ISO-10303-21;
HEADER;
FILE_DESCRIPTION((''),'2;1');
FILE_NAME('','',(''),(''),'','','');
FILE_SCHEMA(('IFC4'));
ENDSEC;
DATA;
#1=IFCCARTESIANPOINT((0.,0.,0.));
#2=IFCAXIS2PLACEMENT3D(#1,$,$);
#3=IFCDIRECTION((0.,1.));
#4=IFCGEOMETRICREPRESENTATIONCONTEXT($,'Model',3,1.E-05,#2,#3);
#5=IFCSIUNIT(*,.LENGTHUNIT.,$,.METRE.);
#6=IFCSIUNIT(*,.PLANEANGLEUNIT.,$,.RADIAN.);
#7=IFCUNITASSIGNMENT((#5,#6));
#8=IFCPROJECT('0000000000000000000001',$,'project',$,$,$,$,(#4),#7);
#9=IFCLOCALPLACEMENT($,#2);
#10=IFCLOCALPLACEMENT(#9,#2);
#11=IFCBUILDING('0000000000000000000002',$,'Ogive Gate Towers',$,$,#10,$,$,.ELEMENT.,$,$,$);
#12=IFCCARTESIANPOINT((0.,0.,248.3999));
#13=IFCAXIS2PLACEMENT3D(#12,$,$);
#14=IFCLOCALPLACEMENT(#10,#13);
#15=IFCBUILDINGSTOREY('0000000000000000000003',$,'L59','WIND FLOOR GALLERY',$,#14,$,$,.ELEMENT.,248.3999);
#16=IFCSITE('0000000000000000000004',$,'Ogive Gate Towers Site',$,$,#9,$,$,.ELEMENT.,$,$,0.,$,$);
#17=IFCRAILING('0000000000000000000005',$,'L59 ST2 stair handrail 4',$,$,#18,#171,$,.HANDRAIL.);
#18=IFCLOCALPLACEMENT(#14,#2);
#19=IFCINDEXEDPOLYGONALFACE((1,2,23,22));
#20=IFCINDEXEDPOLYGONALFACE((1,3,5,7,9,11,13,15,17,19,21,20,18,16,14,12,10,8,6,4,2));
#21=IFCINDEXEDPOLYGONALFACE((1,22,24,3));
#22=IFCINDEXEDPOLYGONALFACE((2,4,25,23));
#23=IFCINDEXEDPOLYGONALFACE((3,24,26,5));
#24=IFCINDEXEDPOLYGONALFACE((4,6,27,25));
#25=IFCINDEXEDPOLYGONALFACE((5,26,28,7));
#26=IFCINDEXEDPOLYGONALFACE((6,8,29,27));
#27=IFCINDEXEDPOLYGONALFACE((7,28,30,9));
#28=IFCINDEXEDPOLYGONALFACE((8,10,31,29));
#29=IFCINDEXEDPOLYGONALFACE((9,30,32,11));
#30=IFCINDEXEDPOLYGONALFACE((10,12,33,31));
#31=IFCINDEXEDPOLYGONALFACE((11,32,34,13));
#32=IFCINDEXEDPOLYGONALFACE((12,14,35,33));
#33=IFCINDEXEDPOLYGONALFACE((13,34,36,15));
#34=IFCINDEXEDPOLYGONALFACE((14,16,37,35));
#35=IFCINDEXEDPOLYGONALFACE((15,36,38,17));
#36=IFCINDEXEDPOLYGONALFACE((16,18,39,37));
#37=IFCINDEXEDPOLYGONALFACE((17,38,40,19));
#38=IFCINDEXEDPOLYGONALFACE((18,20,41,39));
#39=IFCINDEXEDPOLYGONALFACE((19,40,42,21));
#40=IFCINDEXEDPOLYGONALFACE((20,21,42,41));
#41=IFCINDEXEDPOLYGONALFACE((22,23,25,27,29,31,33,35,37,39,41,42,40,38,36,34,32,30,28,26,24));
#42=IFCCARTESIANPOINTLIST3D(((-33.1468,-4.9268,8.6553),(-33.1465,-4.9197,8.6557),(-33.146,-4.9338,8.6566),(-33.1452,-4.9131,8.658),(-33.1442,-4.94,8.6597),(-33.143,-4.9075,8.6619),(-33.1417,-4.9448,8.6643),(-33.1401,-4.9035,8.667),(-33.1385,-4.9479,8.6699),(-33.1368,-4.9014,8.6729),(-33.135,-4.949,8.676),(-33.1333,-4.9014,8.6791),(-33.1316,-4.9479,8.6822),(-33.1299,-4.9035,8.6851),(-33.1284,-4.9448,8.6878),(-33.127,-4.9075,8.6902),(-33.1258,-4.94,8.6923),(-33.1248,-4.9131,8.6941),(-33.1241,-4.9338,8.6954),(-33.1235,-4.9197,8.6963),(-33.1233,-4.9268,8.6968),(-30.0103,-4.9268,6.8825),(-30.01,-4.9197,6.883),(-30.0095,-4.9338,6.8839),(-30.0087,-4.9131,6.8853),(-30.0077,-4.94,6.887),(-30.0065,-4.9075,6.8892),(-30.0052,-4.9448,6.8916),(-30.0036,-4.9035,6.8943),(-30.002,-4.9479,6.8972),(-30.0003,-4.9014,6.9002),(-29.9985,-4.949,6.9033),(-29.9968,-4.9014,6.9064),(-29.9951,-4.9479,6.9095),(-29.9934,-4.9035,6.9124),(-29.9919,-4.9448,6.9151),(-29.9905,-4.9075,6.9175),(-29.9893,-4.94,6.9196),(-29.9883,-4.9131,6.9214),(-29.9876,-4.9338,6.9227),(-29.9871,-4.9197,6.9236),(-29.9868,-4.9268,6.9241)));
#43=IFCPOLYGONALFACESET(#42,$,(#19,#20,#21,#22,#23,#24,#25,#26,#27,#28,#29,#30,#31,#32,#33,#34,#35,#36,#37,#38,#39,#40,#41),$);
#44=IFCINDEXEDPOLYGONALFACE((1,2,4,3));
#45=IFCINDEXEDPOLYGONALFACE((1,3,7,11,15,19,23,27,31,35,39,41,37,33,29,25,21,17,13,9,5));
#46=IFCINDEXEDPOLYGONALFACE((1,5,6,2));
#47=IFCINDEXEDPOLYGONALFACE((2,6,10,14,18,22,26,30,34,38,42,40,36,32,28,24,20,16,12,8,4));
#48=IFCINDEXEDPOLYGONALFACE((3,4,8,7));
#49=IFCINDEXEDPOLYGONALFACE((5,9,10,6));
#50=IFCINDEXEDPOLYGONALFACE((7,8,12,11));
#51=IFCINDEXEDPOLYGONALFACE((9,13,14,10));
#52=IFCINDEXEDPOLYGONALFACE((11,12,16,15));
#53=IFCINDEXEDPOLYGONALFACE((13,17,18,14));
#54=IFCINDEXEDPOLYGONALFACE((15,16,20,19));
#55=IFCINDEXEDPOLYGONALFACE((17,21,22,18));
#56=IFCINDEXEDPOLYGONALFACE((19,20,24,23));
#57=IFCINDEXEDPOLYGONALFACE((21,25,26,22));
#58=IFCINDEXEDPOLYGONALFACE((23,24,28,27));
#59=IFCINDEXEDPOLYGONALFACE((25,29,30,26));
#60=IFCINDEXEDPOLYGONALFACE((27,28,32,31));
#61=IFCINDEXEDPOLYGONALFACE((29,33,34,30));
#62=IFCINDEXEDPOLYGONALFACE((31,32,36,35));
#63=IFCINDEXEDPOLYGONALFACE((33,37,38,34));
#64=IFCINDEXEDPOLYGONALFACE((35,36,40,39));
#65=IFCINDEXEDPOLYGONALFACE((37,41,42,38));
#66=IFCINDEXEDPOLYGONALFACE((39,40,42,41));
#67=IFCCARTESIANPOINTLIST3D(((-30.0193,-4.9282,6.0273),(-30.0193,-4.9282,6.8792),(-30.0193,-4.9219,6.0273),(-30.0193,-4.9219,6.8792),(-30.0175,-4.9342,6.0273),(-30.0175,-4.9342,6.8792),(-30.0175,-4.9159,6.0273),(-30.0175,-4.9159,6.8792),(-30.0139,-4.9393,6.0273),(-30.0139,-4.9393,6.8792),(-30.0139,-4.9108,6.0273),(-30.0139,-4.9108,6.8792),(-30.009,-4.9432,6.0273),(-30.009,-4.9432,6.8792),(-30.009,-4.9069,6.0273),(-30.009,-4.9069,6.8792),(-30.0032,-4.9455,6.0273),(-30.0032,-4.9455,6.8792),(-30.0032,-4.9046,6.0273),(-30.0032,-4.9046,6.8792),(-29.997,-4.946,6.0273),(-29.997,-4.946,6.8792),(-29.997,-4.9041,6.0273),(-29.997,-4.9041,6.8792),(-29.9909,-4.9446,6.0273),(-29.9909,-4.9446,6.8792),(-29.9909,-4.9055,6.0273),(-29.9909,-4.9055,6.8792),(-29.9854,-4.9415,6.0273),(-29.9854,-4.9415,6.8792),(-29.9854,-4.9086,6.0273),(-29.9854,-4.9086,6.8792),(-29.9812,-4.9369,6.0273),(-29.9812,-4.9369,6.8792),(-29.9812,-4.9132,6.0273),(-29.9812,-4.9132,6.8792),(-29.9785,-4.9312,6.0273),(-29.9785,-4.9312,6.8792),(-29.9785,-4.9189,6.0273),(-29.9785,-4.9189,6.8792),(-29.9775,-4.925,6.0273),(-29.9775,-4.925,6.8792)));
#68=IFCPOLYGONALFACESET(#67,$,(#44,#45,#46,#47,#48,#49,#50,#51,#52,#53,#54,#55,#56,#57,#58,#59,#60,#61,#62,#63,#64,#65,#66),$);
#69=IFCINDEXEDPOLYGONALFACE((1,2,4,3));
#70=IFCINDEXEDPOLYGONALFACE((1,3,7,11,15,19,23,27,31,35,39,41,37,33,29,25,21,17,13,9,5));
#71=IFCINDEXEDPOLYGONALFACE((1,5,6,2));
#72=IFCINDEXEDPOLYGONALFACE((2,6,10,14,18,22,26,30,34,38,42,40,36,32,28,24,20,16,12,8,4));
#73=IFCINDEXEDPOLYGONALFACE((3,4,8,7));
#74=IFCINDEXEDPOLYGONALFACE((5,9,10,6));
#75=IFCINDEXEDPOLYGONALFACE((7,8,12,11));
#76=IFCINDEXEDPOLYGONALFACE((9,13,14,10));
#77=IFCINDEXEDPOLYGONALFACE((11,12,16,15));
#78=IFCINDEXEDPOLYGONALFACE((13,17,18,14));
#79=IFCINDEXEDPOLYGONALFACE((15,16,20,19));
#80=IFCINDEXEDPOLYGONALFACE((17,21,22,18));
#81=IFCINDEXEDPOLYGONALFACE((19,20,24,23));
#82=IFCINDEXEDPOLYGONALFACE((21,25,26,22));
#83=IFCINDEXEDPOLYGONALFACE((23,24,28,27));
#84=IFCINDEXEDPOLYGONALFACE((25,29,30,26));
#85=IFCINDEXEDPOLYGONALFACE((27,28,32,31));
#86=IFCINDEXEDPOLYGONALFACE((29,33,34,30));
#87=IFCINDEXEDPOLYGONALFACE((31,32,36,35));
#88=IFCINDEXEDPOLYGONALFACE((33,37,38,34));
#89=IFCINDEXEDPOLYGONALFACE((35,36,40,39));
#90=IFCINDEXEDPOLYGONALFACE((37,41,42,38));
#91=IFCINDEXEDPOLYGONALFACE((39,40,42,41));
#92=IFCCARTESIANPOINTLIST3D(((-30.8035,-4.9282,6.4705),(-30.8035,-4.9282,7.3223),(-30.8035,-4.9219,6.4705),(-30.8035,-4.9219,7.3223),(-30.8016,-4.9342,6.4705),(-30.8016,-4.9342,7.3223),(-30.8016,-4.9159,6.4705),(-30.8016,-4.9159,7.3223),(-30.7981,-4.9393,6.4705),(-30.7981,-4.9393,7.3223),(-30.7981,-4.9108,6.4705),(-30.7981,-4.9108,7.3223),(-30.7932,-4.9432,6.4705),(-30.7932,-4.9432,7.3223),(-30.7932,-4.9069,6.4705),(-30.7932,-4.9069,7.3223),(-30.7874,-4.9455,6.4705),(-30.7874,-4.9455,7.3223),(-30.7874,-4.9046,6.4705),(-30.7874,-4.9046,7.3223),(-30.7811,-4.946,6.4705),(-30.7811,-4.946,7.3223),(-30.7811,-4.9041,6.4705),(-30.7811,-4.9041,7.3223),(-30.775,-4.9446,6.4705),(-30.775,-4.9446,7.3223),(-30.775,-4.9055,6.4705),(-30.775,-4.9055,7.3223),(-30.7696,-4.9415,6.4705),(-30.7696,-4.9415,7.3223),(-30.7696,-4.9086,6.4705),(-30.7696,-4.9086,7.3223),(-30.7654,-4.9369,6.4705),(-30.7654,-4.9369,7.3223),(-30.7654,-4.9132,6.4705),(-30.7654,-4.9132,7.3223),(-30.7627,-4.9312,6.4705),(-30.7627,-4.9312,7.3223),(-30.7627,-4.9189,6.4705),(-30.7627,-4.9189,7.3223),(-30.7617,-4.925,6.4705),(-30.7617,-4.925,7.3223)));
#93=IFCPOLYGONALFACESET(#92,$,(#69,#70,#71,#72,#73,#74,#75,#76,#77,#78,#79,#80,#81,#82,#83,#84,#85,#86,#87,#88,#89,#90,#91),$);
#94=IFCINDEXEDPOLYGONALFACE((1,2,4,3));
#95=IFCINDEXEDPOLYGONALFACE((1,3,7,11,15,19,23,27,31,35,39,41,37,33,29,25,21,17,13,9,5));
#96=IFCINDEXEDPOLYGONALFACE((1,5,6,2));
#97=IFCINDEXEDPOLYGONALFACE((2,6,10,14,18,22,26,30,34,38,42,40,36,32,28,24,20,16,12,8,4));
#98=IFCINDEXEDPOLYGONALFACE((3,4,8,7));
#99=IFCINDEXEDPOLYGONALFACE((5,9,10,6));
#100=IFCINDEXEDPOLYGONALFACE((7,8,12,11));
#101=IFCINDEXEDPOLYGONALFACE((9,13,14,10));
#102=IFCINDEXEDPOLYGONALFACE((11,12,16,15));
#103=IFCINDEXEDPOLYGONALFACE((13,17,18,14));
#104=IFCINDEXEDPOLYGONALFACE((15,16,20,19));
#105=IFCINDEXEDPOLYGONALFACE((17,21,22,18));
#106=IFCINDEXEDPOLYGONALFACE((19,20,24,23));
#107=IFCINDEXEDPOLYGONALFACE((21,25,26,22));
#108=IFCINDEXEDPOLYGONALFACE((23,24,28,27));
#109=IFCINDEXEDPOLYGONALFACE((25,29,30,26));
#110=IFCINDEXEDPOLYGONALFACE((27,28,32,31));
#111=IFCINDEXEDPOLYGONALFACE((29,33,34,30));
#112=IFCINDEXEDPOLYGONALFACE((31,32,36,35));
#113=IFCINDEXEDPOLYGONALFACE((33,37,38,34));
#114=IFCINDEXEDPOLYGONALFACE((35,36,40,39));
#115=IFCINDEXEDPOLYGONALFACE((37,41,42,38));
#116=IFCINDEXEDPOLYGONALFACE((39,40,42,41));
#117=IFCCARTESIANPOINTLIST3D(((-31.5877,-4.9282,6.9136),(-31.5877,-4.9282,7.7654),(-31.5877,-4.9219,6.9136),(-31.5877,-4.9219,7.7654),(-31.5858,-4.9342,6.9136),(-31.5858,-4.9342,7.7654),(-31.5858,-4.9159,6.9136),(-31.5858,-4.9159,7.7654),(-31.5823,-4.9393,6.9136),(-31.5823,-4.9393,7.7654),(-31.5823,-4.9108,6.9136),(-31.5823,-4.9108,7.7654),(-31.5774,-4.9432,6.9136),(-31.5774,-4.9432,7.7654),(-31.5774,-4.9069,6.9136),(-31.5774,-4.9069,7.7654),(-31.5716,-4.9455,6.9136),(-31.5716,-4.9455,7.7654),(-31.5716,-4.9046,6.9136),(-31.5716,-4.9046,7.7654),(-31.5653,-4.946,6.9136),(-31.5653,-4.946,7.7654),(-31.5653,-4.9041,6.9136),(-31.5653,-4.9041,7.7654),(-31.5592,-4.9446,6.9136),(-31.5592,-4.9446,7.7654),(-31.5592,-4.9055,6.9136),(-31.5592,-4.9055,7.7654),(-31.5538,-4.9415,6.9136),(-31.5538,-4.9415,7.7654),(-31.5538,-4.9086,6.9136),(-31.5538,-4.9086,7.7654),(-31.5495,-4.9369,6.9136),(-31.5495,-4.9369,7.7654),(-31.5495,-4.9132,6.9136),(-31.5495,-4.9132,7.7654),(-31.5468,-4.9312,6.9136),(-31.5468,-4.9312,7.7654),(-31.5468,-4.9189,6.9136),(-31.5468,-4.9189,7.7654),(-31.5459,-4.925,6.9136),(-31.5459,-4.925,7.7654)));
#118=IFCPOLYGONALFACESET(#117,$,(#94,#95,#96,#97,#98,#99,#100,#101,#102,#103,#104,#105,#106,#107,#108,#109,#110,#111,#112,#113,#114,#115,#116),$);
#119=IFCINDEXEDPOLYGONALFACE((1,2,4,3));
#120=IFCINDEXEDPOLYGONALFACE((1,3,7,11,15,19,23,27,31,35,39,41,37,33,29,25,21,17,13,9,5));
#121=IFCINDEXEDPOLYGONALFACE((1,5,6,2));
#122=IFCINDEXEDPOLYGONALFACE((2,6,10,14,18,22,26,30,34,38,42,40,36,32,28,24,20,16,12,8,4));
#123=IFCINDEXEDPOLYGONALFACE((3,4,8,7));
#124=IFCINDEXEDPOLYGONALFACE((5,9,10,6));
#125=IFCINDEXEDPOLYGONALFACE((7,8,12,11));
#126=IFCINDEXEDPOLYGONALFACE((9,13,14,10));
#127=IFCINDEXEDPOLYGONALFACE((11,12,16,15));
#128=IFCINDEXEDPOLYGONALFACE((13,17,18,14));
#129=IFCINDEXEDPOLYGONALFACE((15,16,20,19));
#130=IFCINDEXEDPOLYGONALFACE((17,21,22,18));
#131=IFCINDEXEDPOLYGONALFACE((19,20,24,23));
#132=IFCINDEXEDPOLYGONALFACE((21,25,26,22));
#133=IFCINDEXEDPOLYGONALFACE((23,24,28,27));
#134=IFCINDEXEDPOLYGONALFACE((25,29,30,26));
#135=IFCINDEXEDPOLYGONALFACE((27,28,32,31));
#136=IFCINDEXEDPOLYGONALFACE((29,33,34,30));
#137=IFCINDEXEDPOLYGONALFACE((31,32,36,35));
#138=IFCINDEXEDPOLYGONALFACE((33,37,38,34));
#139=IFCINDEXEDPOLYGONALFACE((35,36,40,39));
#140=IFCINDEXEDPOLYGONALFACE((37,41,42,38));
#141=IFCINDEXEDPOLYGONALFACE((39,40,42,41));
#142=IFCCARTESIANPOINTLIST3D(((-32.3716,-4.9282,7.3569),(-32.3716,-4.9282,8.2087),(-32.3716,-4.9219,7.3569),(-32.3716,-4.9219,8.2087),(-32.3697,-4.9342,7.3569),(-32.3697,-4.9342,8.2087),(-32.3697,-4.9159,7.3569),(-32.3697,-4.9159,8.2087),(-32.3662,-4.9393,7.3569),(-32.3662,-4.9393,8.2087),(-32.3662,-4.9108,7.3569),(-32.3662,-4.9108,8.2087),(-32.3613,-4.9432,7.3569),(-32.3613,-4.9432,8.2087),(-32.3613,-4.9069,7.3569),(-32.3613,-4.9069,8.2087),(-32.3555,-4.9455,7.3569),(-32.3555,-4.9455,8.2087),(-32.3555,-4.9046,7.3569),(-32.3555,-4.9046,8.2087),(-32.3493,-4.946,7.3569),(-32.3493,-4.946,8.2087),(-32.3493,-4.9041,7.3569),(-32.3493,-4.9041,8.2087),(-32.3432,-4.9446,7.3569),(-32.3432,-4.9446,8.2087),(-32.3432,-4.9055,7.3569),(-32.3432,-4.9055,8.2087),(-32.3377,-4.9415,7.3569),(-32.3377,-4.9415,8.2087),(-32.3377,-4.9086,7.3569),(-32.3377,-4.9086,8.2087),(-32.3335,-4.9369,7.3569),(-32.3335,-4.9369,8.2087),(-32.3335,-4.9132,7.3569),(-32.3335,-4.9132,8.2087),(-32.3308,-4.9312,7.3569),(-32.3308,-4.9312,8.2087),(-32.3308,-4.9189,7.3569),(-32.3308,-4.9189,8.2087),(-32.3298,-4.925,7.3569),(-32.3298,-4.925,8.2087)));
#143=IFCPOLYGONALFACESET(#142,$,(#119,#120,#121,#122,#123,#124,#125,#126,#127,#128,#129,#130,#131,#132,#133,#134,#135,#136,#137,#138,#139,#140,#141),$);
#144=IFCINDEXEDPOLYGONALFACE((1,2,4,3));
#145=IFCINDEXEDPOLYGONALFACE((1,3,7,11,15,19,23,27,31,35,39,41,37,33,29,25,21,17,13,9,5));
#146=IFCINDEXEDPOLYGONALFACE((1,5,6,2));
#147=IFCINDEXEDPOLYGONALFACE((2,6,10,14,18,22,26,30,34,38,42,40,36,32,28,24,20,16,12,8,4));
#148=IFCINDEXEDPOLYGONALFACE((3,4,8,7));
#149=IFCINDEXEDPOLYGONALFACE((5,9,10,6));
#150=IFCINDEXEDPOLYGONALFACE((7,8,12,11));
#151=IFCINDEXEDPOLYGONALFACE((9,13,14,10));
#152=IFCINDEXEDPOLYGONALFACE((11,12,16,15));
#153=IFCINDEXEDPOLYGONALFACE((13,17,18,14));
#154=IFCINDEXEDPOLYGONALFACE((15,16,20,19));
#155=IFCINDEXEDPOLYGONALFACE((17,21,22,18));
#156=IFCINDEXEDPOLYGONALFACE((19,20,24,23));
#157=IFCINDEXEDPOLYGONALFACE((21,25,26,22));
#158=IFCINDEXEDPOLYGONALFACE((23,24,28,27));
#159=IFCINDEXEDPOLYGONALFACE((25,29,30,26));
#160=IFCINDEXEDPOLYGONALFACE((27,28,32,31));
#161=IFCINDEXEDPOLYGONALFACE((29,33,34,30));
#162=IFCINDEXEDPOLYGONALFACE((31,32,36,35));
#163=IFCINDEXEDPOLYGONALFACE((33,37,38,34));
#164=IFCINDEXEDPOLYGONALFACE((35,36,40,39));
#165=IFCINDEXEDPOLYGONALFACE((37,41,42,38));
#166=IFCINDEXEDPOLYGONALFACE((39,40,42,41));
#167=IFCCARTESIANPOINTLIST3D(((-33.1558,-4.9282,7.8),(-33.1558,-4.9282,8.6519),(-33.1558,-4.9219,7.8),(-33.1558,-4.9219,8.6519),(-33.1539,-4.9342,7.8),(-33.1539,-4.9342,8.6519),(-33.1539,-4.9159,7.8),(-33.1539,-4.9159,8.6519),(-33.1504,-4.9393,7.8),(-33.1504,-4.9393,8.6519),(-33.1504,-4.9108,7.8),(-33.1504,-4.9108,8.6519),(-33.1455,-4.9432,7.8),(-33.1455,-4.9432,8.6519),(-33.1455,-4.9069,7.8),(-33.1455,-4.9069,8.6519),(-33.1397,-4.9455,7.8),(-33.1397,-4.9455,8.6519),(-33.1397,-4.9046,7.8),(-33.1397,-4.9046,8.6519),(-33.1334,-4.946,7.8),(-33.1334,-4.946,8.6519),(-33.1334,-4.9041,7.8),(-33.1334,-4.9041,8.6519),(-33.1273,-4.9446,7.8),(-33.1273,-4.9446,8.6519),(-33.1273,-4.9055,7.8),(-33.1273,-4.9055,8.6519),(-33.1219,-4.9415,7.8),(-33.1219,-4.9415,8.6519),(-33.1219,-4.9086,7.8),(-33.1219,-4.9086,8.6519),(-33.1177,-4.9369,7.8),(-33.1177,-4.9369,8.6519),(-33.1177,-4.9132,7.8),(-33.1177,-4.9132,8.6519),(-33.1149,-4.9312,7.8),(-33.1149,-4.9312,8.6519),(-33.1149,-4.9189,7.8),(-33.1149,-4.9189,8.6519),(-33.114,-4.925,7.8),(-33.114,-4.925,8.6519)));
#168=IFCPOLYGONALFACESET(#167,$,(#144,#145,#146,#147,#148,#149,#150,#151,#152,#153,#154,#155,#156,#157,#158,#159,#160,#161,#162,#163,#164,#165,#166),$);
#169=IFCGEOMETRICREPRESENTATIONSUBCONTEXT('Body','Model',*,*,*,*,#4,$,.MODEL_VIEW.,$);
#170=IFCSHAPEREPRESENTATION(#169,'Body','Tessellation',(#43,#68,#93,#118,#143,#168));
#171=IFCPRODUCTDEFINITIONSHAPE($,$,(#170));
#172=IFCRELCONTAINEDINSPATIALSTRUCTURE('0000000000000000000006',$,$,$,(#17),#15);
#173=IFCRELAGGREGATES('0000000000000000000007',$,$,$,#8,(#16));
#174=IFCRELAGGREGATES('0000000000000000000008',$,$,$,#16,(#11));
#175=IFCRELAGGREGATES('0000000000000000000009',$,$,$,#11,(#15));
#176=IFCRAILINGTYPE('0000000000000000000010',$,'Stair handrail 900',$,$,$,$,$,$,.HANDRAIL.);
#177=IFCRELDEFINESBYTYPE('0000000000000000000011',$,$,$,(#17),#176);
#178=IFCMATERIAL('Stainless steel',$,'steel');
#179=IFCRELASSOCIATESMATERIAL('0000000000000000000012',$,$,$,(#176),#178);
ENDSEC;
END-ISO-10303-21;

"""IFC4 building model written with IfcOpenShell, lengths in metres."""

from ifc_helpers import new_model, si_unit, direction, frame, origin, origin_2d, place, context, subcontext, project, spatial, circle, extrude, material, type_object, element, save


model = new_model("IFC4")

# Units and contexts
model_context = context("Model", 3, precision=1e-05, world=origin(), true_north=direction((0.0, 1.0)))
body_context = subcontext(model_context, "Body", "Model", "MODEL_VIEW")
ifc_project = project(units=[si_unit("LENGTHUNIT", "METRE"), si_unit("PLANEANGLEUNIT", "RADIAN")], contexts=[model_context])

# Site, building, storey
site_placement = place(None, origin())
site = spatial("IfcSite", under=ifc_project, at=site_placement, Name="Ogive Gate Towers Site", CompositionType="ELEMENT", RefElevation=0.0)
building_placement = place(site_placement, origin())
building = spatial("IfcBuilding", under=site, at=building_placement, Name="Ogive Gate Towers", CompositionType="ELEMENT")
storey_placement = place(building_placement, frame((0.0, 0.0, 248.3999)))
storey = spatial("IfcBuildingStorey", under=building, at=storey_placement, Name="L59", Description="WIND FLOOR GALLERY", CompositionType="ELEMENT", Elevation=248.3999)

# Railing
ifc_material_1 = material(Name="Stainless steel", Category="steel")
railing_type_1 = type_object("IfcRailingType", Name="Stair handrail 900", PredefinedType="HANDRAIL", material=ifc_material_1)
railing_1_placement = place(storey_placement, frame((-29.9985, -4.925, 6.0273)))
element("IfcRailing", 1, at=railing_1_placement, inside=storey, type_object=railing_type_1, Name="L59 ST2 stair handrail 4", PredefinedType="HANDRAIL", context=body_context, shape_type="SweptSolid", body=[
    extrude(circle(Radius=0.0239, at=origin_2d()), frame((0.0, 0.0, 0.876), z_axis=(-0.870573, 0.0, 0.492039), x_axis=(0.0, -1.0, 0.0)), (0.0, 0.0, 1.0), 3.6028),
    extrude(circle(Radius=0.021, at=origin_2d()), origin(), (0.0, 0.0, 1.0), 0.8518),
    extrude(circle(Radius=0.021, at=origin_2d()), frame((-0.7842, 0.0, 0.4431)), (0.0, 0.0, 1.0), 0.8518),
    extrude(circle(Radius=0.021, at=origin_2d()), frame((-1.5684, 0.0, 0.8862)), (0.0, 0.0, 1.0), 0.8518),
    extrude(circle(Radius=0.021, at=origin_2d()), frame((-2.3523, 0.0, 1.3296)), (0.0, 0.0, 1.0), 0.8518),
    extrude(circle(Radius=0.021, at=origin_2d()), frame((-3.1365, 0.0, 1.7727)), (0.0, 0.0, 1.0), 0.8518),
])

save(model, "model.ifc")
